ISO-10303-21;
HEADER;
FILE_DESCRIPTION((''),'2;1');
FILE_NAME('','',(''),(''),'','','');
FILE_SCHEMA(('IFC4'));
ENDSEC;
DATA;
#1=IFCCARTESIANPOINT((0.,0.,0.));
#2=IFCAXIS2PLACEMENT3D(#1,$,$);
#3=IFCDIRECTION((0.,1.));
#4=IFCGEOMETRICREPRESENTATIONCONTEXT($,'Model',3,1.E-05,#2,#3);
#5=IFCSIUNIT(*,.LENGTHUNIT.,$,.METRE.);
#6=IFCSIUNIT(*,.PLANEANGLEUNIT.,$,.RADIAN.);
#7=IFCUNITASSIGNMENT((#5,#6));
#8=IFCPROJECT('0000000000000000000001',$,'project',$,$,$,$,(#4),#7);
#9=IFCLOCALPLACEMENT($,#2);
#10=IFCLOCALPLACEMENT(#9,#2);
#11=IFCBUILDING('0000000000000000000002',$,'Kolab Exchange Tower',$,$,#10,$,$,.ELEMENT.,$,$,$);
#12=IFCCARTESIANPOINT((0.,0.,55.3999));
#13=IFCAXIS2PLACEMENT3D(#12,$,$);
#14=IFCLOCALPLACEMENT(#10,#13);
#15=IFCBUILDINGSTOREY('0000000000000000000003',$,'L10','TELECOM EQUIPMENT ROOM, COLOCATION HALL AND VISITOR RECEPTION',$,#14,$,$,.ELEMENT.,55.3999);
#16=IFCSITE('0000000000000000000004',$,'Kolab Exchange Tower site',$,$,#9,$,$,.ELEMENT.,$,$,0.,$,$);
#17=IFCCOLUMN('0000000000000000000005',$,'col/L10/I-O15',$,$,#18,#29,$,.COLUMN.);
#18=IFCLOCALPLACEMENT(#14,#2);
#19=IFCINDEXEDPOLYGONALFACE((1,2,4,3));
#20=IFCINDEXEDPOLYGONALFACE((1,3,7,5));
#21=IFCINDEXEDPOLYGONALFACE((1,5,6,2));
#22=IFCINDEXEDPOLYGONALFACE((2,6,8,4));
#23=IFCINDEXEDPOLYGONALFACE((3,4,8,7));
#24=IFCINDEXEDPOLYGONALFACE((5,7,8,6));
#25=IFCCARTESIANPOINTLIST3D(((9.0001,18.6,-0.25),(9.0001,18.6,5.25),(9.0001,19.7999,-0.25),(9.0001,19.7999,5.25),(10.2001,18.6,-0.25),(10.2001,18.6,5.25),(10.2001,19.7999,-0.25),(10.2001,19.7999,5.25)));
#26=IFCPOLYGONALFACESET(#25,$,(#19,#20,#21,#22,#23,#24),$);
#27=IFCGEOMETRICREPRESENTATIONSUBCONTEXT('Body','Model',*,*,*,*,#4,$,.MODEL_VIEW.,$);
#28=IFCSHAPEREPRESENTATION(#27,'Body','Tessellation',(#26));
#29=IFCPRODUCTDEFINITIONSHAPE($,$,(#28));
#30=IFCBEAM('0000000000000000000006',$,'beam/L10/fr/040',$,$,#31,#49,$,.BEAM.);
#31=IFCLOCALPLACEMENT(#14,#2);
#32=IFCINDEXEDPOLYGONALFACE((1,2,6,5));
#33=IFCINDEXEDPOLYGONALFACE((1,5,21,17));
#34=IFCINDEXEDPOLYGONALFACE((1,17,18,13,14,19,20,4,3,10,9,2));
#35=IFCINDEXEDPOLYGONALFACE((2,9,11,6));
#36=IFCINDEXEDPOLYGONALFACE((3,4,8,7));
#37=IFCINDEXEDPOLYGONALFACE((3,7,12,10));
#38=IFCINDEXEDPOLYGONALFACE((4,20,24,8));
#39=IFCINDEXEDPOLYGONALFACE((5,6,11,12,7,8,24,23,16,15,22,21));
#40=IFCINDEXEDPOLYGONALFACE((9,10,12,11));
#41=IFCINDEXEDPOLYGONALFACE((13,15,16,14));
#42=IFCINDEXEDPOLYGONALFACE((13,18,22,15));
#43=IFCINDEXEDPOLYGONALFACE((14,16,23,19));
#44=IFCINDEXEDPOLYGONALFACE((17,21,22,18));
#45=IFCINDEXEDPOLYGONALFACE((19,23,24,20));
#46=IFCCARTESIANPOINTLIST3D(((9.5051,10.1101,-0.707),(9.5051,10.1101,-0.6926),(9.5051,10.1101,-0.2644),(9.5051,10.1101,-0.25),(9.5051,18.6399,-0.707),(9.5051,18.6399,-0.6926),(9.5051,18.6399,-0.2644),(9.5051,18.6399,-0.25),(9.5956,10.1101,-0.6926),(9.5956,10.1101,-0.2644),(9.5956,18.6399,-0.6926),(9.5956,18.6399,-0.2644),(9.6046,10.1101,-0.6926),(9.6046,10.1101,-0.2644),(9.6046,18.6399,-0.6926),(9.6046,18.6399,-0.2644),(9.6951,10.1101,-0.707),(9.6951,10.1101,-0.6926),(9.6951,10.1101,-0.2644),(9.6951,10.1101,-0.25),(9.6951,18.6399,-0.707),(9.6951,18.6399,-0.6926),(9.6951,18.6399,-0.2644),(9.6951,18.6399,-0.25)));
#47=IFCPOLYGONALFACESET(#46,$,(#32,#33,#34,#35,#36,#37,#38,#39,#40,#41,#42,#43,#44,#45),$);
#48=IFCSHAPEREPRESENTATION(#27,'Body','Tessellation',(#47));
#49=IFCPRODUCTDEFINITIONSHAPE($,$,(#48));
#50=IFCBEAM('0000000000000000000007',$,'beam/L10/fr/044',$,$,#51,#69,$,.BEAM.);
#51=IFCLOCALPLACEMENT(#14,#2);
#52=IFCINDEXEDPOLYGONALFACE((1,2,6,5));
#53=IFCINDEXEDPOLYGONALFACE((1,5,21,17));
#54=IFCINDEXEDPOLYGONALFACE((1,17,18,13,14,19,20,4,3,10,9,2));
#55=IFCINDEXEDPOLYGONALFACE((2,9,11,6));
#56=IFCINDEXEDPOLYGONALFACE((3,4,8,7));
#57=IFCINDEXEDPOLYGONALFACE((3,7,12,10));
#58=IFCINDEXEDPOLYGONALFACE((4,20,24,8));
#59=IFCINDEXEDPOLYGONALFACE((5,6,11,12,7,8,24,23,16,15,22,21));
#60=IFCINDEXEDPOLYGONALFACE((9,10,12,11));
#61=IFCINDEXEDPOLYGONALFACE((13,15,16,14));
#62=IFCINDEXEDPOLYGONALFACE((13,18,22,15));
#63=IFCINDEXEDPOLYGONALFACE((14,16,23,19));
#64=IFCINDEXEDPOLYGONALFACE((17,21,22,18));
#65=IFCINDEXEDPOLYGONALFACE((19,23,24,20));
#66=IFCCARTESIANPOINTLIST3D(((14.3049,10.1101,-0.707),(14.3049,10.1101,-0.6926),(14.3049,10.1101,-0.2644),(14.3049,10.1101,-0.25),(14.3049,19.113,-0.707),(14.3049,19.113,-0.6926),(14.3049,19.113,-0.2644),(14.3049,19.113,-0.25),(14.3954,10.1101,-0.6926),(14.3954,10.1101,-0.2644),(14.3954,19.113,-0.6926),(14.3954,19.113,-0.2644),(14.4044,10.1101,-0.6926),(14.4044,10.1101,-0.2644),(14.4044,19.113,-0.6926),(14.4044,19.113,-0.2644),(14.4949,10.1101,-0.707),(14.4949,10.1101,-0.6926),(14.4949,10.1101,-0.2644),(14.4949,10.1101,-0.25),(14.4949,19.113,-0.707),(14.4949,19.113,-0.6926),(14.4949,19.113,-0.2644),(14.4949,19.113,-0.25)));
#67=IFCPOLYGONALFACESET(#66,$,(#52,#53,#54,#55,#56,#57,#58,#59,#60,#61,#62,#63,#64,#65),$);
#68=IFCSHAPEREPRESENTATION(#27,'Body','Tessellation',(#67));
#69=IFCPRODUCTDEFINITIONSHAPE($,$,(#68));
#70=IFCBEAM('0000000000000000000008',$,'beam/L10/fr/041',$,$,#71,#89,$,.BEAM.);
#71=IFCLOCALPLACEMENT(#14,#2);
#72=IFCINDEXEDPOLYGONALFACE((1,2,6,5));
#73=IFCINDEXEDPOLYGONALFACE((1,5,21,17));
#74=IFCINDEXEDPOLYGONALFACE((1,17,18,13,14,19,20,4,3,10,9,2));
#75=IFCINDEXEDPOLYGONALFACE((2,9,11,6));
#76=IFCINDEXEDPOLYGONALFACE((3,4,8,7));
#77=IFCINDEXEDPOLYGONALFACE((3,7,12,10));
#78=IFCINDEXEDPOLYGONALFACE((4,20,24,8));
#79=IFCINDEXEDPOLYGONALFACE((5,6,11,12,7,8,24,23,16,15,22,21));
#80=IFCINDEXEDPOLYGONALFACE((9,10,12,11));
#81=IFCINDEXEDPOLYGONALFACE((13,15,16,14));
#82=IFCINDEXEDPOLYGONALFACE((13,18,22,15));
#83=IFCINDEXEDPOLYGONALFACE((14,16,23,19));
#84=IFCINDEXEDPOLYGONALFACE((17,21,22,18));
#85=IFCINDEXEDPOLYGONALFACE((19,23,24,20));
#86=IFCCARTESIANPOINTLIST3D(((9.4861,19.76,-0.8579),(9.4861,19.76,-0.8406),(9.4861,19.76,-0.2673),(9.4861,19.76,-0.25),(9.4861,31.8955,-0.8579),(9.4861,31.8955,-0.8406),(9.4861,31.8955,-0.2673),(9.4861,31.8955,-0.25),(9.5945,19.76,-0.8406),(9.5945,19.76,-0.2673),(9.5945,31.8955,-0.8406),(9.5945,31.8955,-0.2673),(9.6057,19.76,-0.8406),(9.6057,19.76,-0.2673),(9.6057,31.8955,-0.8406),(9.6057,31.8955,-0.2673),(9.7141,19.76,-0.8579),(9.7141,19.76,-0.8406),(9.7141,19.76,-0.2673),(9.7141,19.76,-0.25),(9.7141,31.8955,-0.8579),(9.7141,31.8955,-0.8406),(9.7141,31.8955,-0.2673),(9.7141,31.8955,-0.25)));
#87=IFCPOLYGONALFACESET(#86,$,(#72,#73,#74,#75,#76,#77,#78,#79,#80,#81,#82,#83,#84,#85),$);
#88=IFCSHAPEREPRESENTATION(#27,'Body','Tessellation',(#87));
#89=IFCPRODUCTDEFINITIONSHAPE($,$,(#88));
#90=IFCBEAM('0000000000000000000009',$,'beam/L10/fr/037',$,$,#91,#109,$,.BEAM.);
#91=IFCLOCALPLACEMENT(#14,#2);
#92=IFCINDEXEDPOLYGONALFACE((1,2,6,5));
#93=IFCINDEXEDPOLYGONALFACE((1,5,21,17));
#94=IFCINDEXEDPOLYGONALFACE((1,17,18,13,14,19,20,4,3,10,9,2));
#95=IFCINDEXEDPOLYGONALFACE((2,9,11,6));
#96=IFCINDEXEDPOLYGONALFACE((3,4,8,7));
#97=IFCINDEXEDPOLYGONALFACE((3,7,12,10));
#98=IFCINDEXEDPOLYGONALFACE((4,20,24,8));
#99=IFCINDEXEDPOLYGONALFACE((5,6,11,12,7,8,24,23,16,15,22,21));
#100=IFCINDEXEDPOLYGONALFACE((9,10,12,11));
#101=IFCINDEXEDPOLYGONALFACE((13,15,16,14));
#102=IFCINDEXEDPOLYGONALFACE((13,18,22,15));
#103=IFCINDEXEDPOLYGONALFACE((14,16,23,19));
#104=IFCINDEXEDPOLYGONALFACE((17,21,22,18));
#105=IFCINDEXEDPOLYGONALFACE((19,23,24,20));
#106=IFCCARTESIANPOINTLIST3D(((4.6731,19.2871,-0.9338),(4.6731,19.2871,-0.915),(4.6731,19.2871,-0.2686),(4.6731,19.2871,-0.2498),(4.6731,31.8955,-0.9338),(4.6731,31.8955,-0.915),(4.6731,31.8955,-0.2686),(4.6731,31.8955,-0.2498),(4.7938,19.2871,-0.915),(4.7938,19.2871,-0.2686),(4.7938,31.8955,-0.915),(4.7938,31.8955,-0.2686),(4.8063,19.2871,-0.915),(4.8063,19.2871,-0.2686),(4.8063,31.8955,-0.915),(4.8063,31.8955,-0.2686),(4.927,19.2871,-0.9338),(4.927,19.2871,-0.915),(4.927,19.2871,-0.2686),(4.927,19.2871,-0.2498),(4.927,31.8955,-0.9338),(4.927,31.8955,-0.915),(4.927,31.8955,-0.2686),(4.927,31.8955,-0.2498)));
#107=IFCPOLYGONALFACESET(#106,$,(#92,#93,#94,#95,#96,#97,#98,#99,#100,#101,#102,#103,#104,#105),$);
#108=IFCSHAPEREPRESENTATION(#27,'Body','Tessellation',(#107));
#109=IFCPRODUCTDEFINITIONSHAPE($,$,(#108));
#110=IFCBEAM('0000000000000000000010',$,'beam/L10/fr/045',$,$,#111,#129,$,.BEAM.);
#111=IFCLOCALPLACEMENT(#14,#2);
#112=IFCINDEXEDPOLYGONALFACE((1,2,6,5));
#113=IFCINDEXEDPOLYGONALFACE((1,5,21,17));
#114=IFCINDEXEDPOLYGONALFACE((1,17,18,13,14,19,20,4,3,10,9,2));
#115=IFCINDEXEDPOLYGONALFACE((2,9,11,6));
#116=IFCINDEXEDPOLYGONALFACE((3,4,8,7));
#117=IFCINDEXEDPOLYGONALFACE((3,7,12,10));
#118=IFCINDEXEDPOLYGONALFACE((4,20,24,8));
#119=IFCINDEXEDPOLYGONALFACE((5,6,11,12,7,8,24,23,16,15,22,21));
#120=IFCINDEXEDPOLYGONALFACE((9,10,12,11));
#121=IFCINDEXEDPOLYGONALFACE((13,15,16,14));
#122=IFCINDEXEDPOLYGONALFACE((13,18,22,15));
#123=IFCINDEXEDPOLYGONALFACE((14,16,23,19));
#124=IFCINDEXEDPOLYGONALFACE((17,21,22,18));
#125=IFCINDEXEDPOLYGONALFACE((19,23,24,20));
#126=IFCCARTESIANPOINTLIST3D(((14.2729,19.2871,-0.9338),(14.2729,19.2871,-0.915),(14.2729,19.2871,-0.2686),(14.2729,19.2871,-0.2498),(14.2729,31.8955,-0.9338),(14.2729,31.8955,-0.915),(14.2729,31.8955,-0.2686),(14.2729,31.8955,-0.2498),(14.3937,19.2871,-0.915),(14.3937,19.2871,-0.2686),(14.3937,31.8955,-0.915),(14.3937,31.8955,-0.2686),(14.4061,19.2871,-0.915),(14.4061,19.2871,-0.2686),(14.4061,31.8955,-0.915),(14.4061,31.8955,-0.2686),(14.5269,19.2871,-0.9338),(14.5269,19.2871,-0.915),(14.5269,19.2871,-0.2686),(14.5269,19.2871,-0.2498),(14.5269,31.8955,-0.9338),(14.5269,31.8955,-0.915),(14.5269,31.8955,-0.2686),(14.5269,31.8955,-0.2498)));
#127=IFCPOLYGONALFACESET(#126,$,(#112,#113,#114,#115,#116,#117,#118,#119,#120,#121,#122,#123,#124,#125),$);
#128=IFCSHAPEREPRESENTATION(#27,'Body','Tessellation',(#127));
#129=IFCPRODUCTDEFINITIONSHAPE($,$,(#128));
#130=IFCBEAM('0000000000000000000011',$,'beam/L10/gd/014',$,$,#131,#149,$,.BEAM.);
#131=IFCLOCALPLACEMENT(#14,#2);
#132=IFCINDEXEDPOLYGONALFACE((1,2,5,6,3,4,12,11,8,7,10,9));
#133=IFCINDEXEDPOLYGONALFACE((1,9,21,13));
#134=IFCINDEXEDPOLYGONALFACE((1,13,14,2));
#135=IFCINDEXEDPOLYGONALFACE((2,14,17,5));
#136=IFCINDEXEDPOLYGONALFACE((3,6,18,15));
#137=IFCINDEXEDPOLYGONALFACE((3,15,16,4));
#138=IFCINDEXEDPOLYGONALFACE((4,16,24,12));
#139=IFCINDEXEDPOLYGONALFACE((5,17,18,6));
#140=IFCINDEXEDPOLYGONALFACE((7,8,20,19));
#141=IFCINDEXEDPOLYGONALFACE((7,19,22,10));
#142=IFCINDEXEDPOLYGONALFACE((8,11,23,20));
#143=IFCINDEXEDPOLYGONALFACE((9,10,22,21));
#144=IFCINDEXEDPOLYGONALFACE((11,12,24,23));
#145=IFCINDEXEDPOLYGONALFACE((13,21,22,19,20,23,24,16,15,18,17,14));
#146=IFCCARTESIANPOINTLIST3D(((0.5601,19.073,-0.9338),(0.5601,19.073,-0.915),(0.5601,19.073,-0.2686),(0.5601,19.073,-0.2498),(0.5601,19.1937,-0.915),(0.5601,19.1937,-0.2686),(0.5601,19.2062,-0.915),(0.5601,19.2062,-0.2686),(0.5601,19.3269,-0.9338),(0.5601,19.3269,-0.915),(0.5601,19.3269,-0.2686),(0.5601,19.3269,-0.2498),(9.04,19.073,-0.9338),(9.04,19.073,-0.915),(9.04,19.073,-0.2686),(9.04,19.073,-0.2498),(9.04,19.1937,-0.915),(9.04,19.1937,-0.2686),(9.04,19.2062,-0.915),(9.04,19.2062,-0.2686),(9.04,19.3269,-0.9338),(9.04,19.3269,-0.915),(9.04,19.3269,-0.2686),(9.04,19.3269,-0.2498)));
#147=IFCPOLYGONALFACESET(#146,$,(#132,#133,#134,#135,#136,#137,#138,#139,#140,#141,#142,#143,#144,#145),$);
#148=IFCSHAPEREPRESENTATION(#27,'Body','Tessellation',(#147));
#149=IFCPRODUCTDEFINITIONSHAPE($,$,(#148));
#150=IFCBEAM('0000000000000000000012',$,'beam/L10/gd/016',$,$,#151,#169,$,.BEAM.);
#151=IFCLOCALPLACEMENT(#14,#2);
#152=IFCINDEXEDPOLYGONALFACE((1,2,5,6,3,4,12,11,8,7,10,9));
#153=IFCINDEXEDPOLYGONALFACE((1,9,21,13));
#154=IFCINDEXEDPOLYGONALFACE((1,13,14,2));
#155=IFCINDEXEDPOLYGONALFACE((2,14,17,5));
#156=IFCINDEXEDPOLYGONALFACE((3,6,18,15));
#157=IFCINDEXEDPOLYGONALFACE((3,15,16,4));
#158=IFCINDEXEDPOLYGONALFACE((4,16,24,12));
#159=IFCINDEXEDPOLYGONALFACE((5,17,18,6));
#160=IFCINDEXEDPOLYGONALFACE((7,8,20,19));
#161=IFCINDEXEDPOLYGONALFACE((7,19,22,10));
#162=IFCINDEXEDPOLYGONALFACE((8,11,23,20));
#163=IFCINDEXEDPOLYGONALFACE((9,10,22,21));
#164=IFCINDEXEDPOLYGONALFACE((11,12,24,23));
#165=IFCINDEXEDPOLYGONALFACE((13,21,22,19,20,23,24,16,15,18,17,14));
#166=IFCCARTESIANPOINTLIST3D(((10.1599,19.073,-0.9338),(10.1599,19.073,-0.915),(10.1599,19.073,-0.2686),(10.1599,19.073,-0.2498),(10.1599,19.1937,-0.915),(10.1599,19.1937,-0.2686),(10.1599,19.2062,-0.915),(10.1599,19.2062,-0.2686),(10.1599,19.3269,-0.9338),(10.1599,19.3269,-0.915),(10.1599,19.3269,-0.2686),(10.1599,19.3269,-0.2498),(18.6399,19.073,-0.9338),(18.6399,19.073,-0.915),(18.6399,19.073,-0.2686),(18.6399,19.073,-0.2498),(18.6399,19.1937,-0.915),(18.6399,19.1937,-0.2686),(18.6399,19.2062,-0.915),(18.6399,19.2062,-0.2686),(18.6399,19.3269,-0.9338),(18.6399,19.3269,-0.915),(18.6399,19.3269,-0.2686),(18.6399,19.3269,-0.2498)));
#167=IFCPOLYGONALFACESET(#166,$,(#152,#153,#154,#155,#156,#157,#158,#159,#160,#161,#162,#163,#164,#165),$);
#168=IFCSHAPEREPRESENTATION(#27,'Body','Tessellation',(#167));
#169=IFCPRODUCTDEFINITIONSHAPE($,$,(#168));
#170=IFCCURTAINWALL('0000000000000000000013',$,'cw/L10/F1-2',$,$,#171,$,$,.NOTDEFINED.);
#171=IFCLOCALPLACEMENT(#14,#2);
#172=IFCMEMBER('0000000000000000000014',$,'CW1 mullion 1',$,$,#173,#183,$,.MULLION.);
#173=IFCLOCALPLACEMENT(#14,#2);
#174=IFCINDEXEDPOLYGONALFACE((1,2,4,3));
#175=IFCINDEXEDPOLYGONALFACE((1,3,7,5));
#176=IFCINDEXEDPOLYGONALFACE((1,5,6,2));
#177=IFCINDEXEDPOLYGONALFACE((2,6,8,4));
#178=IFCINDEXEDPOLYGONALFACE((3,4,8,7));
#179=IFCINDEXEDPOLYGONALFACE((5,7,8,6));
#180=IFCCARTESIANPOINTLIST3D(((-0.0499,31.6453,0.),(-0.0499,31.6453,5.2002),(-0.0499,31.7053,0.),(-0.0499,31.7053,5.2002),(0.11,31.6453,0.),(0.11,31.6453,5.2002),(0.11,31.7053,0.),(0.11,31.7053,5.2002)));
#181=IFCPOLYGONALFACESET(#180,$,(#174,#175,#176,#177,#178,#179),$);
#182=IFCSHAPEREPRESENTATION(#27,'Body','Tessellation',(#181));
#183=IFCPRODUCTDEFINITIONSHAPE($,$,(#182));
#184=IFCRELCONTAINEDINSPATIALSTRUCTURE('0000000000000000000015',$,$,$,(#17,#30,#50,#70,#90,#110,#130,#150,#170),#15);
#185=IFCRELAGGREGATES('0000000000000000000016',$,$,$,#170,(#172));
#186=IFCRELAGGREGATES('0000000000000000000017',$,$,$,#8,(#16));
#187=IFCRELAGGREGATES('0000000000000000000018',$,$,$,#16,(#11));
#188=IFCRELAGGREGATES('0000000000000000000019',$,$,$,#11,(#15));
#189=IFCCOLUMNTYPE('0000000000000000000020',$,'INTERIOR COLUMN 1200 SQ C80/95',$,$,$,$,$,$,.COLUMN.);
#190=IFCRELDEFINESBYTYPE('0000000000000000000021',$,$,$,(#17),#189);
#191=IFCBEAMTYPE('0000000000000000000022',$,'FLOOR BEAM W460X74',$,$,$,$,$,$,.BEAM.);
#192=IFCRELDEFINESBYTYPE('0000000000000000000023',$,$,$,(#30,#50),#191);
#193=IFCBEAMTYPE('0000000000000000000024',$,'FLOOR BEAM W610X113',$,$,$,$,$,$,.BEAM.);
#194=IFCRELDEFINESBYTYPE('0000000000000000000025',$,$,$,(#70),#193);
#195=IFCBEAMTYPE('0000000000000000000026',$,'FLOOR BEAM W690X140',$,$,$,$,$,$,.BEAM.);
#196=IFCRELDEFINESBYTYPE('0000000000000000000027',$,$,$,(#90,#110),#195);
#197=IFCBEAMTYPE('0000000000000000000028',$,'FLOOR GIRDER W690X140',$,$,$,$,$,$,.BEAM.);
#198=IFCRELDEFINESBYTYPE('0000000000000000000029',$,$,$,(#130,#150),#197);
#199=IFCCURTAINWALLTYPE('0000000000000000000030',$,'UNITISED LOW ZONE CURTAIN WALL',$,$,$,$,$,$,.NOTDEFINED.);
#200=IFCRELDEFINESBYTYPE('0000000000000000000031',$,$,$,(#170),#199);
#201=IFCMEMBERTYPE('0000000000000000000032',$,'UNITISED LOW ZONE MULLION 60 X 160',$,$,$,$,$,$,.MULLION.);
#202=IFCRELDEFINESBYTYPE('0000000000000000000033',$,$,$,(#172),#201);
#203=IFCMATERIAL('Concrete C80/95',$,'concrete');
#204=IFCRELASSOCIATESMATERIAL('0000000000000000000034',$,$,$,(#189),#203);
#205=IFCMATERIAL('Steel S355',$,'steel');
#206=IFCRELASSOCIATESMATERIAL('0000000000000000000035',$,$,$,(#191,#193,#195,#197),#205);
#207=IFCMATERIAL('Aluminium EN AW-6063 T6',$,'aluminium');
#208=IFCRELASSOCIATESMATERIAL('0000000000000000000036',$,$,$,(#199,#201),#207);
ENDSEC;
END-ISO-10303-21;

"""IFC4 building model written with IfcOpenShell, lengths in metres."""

from ifc_helpers import new_model, si_unit, direction, frame, origin, origin_2d, place, context, subcontext, project, spatial, rectangle, i_section, extrude, material, material_profile, profile_set, type_object, element, aggregate, save


model = new_model("IFC4")

# Units and contexts
model_context = context("Model", 3, precision=1e-05, world=origin(), true_north=direction((0.0, 1.0)))
body_context = subcontext(model_context, "Body", "Model", "MODEL_VIEW")
ifc_project = project(units=[si_unit("LENGTHUNIT", "METRE"), si_unit("PLANEANGLEUNIT", "RADIAN")], contexts=[model_context])

# Site, building, storey
site_placement = place(None, origin())
site = spatial("IfcSite", under=ifc_project, at=site_placement, Name="Kolab Exchange Tower site", CompositionType="ELEMENT", RefElevation=0.0)
building_placement = place(site_placement, origin())
building = spatial("IfcBuilding", under=site, at=building_placement, Name="Kolab Exchange Tower", CompositionType="ELEMENT")
storey_placement = place(building_placement, frame((0.0, 0.0, 55.3999)))
storey = spatial("IfcBuildingStorey", under=building, at=storey_placement, Name="L10", Description="TELECOM EQUIPMENT ROOM, COLOCATION HALL AND VISITOR RECEPTION", CompositionType="ELEMENT", Elevation=55.3999)

# Column
ifc_material_1 = material(Name="Concrete C80/95", Category="concrete")
ifc_material_profile_1 = material_profile(ifc_material_1, rectangle(XDim=1.2, YDim=1.2, at=origin_2d()), Name="RC1200")
ifc_profile_set_1 = profile_set([ifc_material_profile_1], Name="Concrete C80/95")
column_type = type_object("IfcColumnType", Name="INTERIOR COLUMN 1200 SQ C80/95", PredefinedType="COLUMN", material=ifc_profile_set_1)
column_placement = place(storey_placement, frame((9.6001, 19.2, -0.25), z_axis=(0.0, 0.0, 1.0), x_axis=(1.0, 0.0, 0.0)))
element("IfcColumn", 1, at=column_placement, inside=storey, type_object=column_type, Name="col/L10/I-O15", PredefinedType="COLUMN", context=body_context, shape_type="SweptSolid", body=[
    extrude(rectangle(XDim=1.2, YDim=1.2, at=origin_2d()), origin(), (0.0, 0.0, 1.0), 5.5),
])

# Beams
ifc_material_2 = material(Name="Steel S355", Category="steel")
ifc_material_profile_2 = material_profile(ifc_material_2, i_section(OverallWidth=0.1899, OverallDepth=0.457, WebThickness=0.009, FlangeThickness=0.0144, at=origin_2d()), Name="W460X74")
ifc_profile_set_2 = profile_set([ifc_material_profile_2], Name="Steel S355")
beam_type_1 = type_object("IfcBeamType", Name="FLOOR BEAM W460X74", PredefinedType="BEAM", material=ifc_profile_set_2)
beam_1_placement = place(storey_placement, frame((9.6001, 10.1101, -0.4785), z_axis=(0.0, 1.0, 0.0), x_axis=(-1.0, 0.0, 0.0)))
element("IfcBeam", 2, at=beam_1_placement, inside=storey, type_object=beam_type_1, Name="beam/L10/fr/040", PredefinedType="BEAM", context=body_context, shape_type="SweptSolid", body=[
    extrude(i_section(OverallWidth=0.1899, OverallDepth=0.457, WebThickness=0.009, FlangeThickness=0.0144, at=origin_2d()), origin(), (0.0, 0.0, 1.0), 8.5298),
])
beam_2_placement = place(storey_placement, frame((14.3999, 10.1101, -0.4785), z_axis=(0.0, 1.0, 0.0), x_axis=(-1.0, 0.0, 0.0)))
element("IfcBeam", 3, at=beam_2_placement, inside=storey, type_object=beam_type_1, Name="beam/L10/fr/044", PredefinedType="BEAM", context=body_context, shape_type="SweptSolid", body=[
    extrude(i_section(OverallWidth=0.1899, OverallDepth=0.457, WebThickness=0.009, FlangeThickness=0.0144, at=origin_2d()), origin(), (0.0, 0.0, 1.0), 9.0029),
])
ifc_material_profile_3 = material_profile(ifc_material_2, i_section(OverallWidth=0.228, OverallDepth=0.6079, WebThickness=0.0112, FlangeThickness=0.0173, at=origin_2d()), Name="W610X113")
ifc_profile_set_3 = profile_set([ifc_material_profile_3], Name="Steel S355")
beam_type_2 = type_object("IfcBeamType", Name="FLOOR BEAM W610X113", PredefinedType="BEAM", material=ifc_profile_set_3)
beam_3_placement = place(storey_placement, frame((9.6001, 19.76, -0.554), z_axis=(0.0, 1.0, 0.0), x_axis=(-1.0, 0.0, 0.0)))
element("IfcBeam", 4, at=beam_3_placement, inside=storey, type_object=beam_type_2, Name="beam/L10/fr/041", PredefinedType="BEAM", context=body_context, shape_type="SweptSolid", body=[
    extrude(i_section(OverallWidth=0.228, OverallDepth=0.6079, WebThickness=0.0112, FlangeThickness=0.0173, at=origin_2d()), origin(), (0.0, 0.0, 1.0), 12.1355),
])
ifc_material_profile_4 = material_profile(ifc_material_2, i_section(OverallWidth=0.2539, OverallDepth=0.6841, WebThickness=0.0125, FlangeThickness=0.0188, at=origin_2d()), Name="W690X140")
ifc_profile_set_4 = profile_set([ifc_material_profile_4], Name="Steel S355")
beam_type_3 = type_object("IfcBeamType", Name="FLOOR BEAM W690X140", PredefinedType="BEAM", material=ifc_profile_set_4)
for number, where, z_axis, x_axis, name in (
    (5, (4.8, 19.2871, -0.5918), (0.0, 1.0, 0.0), (-1.0, 0.0, 0.0), "beam/L10/fr/037"),
    (6, (14.3999, 19.2871, -0.5918), (0.0, 1.0, 0.0), (-1.0, 0.0, 0.0), "beam/L10/fr/045"),
):
    element("IfcBeam", number, at=place(storey_placement, frame(where, z_axis=z_axis, x_axis=x_axis)), inside=storey, type_object=beam_type_3, Name=name, PredefinedType="BEAM", context=body_context, shape_type="SweptSolid", body=[
        extrude(i_section(OverallWidth=0.2539, OverallDepth=0.6841, WebThickness=0.0125, FlangeThickness=0.0188, at=origin_2d()), origin(), (0.0, 0.0, 1.0), 12.6084),
    ])
ifc_material_profile_5 = material_profile(ifc_material_2, i_section(OverallWidth=0.2539, OverallDepth=0.6841, WebThickness=0.0125, FlangeThickness=0.0188, at=origin_2d()), Name="W690X140")
ifc_profile_set_5 = profile_set([ifc_material_profile_5], Name="Steel S355")
beam_type_4 = type_object("IfcBeamType", Name="FLOOR GIRDER W690X140", PredefinedType="BEAM", material=ifc_profile_set_5)
for number, where, z_axis, x_axis, name in (
    (7, (0.5601, 19.2, -0.5918), (1.0, 0.0, 0.0), (0.0, 1.0, 0.0), "beam/L10/gd/014"),
    (8, (10.1599, 19.2, -0.5918), (1.0, 0.0, 0.0), (0.0, 1.0, 0.0), "beam/L10/gd/016"),
):
    element("IfcBeam", number, at=place(storey_placement, frame(where, z_axis=z_axis, x_axis=x_axis)), inside=storey, type_object=beam_type_4, Name=name, PredefinedType="BEAM", context=body_context, shape_type="SweptSolid", body=[
        extrude(i_section(OverallWidth=0.2539, OverallDepth=0.6841, WebThickness=0.0125, FlangeThickness=0.0188, at=origin_2d()), origin(), (0.0, 0.0, 1.0), 8.48),
    ])

# Curtain wall, member
ifc_material_3 = material(Name="Aluminium EN AW-6063 T6", Category="aluminium")
curtain_wall_type = type_object("IfcCurtainWallType", Name="UNITISED LOW ZONE CURTAIN WALL", PredefinedType="NOTDEFINED", material=ifc_material_3)
curtain_wall_1_placement = place(storey_placement, origin())
curtain_wall_1 = element("IfcCurtainWall", 9, at=curtain_wall_1_placement, inside=storey, type_object=curtain_wall_type, Name="cw/L10/F1-2", PredefinedType="NOTDEFINED")
ifc_material_profile_6 = material_profile(ifc_material_3, rectangle(XDim=0.0601, YDim=0.1599, at=origin_2d()), Name="RECT 60X160")
ifc_profile_set_6 = profile_set([ifc_material_profile_6], Name="Aluminium EN AW-6063 T6")
member_type_1 = type_object("IfcMemberType", Name="UNITISED LOW ZONE MULLION 60 X 160", PredefinedType="MULLION", material=ifc_profile_set_6)
member_1_placement = place(storey_placement, frame((0.03, 31.6753, 0.0), z_axis=(0.0, 0.0, 1.0), x_axis=(0.0, 1.0, 0.0)))
member_1 = element("IfcMember", 10, at=member_1_placement, type_object=member_type_1, Name="CW1 mullion 1", PredefinedType="MULLION", context=body_context, shape_type="SweptSolid", body=[
    extrude(rectangle(XDim=0.0601, YDim=0.1599, at=origin_2d()), origin(), (0.0, 0.0, 1.0), 5.2002),
])

aggregate(curtain_wall_1, [member_1])

save(model, "model.ifc")
